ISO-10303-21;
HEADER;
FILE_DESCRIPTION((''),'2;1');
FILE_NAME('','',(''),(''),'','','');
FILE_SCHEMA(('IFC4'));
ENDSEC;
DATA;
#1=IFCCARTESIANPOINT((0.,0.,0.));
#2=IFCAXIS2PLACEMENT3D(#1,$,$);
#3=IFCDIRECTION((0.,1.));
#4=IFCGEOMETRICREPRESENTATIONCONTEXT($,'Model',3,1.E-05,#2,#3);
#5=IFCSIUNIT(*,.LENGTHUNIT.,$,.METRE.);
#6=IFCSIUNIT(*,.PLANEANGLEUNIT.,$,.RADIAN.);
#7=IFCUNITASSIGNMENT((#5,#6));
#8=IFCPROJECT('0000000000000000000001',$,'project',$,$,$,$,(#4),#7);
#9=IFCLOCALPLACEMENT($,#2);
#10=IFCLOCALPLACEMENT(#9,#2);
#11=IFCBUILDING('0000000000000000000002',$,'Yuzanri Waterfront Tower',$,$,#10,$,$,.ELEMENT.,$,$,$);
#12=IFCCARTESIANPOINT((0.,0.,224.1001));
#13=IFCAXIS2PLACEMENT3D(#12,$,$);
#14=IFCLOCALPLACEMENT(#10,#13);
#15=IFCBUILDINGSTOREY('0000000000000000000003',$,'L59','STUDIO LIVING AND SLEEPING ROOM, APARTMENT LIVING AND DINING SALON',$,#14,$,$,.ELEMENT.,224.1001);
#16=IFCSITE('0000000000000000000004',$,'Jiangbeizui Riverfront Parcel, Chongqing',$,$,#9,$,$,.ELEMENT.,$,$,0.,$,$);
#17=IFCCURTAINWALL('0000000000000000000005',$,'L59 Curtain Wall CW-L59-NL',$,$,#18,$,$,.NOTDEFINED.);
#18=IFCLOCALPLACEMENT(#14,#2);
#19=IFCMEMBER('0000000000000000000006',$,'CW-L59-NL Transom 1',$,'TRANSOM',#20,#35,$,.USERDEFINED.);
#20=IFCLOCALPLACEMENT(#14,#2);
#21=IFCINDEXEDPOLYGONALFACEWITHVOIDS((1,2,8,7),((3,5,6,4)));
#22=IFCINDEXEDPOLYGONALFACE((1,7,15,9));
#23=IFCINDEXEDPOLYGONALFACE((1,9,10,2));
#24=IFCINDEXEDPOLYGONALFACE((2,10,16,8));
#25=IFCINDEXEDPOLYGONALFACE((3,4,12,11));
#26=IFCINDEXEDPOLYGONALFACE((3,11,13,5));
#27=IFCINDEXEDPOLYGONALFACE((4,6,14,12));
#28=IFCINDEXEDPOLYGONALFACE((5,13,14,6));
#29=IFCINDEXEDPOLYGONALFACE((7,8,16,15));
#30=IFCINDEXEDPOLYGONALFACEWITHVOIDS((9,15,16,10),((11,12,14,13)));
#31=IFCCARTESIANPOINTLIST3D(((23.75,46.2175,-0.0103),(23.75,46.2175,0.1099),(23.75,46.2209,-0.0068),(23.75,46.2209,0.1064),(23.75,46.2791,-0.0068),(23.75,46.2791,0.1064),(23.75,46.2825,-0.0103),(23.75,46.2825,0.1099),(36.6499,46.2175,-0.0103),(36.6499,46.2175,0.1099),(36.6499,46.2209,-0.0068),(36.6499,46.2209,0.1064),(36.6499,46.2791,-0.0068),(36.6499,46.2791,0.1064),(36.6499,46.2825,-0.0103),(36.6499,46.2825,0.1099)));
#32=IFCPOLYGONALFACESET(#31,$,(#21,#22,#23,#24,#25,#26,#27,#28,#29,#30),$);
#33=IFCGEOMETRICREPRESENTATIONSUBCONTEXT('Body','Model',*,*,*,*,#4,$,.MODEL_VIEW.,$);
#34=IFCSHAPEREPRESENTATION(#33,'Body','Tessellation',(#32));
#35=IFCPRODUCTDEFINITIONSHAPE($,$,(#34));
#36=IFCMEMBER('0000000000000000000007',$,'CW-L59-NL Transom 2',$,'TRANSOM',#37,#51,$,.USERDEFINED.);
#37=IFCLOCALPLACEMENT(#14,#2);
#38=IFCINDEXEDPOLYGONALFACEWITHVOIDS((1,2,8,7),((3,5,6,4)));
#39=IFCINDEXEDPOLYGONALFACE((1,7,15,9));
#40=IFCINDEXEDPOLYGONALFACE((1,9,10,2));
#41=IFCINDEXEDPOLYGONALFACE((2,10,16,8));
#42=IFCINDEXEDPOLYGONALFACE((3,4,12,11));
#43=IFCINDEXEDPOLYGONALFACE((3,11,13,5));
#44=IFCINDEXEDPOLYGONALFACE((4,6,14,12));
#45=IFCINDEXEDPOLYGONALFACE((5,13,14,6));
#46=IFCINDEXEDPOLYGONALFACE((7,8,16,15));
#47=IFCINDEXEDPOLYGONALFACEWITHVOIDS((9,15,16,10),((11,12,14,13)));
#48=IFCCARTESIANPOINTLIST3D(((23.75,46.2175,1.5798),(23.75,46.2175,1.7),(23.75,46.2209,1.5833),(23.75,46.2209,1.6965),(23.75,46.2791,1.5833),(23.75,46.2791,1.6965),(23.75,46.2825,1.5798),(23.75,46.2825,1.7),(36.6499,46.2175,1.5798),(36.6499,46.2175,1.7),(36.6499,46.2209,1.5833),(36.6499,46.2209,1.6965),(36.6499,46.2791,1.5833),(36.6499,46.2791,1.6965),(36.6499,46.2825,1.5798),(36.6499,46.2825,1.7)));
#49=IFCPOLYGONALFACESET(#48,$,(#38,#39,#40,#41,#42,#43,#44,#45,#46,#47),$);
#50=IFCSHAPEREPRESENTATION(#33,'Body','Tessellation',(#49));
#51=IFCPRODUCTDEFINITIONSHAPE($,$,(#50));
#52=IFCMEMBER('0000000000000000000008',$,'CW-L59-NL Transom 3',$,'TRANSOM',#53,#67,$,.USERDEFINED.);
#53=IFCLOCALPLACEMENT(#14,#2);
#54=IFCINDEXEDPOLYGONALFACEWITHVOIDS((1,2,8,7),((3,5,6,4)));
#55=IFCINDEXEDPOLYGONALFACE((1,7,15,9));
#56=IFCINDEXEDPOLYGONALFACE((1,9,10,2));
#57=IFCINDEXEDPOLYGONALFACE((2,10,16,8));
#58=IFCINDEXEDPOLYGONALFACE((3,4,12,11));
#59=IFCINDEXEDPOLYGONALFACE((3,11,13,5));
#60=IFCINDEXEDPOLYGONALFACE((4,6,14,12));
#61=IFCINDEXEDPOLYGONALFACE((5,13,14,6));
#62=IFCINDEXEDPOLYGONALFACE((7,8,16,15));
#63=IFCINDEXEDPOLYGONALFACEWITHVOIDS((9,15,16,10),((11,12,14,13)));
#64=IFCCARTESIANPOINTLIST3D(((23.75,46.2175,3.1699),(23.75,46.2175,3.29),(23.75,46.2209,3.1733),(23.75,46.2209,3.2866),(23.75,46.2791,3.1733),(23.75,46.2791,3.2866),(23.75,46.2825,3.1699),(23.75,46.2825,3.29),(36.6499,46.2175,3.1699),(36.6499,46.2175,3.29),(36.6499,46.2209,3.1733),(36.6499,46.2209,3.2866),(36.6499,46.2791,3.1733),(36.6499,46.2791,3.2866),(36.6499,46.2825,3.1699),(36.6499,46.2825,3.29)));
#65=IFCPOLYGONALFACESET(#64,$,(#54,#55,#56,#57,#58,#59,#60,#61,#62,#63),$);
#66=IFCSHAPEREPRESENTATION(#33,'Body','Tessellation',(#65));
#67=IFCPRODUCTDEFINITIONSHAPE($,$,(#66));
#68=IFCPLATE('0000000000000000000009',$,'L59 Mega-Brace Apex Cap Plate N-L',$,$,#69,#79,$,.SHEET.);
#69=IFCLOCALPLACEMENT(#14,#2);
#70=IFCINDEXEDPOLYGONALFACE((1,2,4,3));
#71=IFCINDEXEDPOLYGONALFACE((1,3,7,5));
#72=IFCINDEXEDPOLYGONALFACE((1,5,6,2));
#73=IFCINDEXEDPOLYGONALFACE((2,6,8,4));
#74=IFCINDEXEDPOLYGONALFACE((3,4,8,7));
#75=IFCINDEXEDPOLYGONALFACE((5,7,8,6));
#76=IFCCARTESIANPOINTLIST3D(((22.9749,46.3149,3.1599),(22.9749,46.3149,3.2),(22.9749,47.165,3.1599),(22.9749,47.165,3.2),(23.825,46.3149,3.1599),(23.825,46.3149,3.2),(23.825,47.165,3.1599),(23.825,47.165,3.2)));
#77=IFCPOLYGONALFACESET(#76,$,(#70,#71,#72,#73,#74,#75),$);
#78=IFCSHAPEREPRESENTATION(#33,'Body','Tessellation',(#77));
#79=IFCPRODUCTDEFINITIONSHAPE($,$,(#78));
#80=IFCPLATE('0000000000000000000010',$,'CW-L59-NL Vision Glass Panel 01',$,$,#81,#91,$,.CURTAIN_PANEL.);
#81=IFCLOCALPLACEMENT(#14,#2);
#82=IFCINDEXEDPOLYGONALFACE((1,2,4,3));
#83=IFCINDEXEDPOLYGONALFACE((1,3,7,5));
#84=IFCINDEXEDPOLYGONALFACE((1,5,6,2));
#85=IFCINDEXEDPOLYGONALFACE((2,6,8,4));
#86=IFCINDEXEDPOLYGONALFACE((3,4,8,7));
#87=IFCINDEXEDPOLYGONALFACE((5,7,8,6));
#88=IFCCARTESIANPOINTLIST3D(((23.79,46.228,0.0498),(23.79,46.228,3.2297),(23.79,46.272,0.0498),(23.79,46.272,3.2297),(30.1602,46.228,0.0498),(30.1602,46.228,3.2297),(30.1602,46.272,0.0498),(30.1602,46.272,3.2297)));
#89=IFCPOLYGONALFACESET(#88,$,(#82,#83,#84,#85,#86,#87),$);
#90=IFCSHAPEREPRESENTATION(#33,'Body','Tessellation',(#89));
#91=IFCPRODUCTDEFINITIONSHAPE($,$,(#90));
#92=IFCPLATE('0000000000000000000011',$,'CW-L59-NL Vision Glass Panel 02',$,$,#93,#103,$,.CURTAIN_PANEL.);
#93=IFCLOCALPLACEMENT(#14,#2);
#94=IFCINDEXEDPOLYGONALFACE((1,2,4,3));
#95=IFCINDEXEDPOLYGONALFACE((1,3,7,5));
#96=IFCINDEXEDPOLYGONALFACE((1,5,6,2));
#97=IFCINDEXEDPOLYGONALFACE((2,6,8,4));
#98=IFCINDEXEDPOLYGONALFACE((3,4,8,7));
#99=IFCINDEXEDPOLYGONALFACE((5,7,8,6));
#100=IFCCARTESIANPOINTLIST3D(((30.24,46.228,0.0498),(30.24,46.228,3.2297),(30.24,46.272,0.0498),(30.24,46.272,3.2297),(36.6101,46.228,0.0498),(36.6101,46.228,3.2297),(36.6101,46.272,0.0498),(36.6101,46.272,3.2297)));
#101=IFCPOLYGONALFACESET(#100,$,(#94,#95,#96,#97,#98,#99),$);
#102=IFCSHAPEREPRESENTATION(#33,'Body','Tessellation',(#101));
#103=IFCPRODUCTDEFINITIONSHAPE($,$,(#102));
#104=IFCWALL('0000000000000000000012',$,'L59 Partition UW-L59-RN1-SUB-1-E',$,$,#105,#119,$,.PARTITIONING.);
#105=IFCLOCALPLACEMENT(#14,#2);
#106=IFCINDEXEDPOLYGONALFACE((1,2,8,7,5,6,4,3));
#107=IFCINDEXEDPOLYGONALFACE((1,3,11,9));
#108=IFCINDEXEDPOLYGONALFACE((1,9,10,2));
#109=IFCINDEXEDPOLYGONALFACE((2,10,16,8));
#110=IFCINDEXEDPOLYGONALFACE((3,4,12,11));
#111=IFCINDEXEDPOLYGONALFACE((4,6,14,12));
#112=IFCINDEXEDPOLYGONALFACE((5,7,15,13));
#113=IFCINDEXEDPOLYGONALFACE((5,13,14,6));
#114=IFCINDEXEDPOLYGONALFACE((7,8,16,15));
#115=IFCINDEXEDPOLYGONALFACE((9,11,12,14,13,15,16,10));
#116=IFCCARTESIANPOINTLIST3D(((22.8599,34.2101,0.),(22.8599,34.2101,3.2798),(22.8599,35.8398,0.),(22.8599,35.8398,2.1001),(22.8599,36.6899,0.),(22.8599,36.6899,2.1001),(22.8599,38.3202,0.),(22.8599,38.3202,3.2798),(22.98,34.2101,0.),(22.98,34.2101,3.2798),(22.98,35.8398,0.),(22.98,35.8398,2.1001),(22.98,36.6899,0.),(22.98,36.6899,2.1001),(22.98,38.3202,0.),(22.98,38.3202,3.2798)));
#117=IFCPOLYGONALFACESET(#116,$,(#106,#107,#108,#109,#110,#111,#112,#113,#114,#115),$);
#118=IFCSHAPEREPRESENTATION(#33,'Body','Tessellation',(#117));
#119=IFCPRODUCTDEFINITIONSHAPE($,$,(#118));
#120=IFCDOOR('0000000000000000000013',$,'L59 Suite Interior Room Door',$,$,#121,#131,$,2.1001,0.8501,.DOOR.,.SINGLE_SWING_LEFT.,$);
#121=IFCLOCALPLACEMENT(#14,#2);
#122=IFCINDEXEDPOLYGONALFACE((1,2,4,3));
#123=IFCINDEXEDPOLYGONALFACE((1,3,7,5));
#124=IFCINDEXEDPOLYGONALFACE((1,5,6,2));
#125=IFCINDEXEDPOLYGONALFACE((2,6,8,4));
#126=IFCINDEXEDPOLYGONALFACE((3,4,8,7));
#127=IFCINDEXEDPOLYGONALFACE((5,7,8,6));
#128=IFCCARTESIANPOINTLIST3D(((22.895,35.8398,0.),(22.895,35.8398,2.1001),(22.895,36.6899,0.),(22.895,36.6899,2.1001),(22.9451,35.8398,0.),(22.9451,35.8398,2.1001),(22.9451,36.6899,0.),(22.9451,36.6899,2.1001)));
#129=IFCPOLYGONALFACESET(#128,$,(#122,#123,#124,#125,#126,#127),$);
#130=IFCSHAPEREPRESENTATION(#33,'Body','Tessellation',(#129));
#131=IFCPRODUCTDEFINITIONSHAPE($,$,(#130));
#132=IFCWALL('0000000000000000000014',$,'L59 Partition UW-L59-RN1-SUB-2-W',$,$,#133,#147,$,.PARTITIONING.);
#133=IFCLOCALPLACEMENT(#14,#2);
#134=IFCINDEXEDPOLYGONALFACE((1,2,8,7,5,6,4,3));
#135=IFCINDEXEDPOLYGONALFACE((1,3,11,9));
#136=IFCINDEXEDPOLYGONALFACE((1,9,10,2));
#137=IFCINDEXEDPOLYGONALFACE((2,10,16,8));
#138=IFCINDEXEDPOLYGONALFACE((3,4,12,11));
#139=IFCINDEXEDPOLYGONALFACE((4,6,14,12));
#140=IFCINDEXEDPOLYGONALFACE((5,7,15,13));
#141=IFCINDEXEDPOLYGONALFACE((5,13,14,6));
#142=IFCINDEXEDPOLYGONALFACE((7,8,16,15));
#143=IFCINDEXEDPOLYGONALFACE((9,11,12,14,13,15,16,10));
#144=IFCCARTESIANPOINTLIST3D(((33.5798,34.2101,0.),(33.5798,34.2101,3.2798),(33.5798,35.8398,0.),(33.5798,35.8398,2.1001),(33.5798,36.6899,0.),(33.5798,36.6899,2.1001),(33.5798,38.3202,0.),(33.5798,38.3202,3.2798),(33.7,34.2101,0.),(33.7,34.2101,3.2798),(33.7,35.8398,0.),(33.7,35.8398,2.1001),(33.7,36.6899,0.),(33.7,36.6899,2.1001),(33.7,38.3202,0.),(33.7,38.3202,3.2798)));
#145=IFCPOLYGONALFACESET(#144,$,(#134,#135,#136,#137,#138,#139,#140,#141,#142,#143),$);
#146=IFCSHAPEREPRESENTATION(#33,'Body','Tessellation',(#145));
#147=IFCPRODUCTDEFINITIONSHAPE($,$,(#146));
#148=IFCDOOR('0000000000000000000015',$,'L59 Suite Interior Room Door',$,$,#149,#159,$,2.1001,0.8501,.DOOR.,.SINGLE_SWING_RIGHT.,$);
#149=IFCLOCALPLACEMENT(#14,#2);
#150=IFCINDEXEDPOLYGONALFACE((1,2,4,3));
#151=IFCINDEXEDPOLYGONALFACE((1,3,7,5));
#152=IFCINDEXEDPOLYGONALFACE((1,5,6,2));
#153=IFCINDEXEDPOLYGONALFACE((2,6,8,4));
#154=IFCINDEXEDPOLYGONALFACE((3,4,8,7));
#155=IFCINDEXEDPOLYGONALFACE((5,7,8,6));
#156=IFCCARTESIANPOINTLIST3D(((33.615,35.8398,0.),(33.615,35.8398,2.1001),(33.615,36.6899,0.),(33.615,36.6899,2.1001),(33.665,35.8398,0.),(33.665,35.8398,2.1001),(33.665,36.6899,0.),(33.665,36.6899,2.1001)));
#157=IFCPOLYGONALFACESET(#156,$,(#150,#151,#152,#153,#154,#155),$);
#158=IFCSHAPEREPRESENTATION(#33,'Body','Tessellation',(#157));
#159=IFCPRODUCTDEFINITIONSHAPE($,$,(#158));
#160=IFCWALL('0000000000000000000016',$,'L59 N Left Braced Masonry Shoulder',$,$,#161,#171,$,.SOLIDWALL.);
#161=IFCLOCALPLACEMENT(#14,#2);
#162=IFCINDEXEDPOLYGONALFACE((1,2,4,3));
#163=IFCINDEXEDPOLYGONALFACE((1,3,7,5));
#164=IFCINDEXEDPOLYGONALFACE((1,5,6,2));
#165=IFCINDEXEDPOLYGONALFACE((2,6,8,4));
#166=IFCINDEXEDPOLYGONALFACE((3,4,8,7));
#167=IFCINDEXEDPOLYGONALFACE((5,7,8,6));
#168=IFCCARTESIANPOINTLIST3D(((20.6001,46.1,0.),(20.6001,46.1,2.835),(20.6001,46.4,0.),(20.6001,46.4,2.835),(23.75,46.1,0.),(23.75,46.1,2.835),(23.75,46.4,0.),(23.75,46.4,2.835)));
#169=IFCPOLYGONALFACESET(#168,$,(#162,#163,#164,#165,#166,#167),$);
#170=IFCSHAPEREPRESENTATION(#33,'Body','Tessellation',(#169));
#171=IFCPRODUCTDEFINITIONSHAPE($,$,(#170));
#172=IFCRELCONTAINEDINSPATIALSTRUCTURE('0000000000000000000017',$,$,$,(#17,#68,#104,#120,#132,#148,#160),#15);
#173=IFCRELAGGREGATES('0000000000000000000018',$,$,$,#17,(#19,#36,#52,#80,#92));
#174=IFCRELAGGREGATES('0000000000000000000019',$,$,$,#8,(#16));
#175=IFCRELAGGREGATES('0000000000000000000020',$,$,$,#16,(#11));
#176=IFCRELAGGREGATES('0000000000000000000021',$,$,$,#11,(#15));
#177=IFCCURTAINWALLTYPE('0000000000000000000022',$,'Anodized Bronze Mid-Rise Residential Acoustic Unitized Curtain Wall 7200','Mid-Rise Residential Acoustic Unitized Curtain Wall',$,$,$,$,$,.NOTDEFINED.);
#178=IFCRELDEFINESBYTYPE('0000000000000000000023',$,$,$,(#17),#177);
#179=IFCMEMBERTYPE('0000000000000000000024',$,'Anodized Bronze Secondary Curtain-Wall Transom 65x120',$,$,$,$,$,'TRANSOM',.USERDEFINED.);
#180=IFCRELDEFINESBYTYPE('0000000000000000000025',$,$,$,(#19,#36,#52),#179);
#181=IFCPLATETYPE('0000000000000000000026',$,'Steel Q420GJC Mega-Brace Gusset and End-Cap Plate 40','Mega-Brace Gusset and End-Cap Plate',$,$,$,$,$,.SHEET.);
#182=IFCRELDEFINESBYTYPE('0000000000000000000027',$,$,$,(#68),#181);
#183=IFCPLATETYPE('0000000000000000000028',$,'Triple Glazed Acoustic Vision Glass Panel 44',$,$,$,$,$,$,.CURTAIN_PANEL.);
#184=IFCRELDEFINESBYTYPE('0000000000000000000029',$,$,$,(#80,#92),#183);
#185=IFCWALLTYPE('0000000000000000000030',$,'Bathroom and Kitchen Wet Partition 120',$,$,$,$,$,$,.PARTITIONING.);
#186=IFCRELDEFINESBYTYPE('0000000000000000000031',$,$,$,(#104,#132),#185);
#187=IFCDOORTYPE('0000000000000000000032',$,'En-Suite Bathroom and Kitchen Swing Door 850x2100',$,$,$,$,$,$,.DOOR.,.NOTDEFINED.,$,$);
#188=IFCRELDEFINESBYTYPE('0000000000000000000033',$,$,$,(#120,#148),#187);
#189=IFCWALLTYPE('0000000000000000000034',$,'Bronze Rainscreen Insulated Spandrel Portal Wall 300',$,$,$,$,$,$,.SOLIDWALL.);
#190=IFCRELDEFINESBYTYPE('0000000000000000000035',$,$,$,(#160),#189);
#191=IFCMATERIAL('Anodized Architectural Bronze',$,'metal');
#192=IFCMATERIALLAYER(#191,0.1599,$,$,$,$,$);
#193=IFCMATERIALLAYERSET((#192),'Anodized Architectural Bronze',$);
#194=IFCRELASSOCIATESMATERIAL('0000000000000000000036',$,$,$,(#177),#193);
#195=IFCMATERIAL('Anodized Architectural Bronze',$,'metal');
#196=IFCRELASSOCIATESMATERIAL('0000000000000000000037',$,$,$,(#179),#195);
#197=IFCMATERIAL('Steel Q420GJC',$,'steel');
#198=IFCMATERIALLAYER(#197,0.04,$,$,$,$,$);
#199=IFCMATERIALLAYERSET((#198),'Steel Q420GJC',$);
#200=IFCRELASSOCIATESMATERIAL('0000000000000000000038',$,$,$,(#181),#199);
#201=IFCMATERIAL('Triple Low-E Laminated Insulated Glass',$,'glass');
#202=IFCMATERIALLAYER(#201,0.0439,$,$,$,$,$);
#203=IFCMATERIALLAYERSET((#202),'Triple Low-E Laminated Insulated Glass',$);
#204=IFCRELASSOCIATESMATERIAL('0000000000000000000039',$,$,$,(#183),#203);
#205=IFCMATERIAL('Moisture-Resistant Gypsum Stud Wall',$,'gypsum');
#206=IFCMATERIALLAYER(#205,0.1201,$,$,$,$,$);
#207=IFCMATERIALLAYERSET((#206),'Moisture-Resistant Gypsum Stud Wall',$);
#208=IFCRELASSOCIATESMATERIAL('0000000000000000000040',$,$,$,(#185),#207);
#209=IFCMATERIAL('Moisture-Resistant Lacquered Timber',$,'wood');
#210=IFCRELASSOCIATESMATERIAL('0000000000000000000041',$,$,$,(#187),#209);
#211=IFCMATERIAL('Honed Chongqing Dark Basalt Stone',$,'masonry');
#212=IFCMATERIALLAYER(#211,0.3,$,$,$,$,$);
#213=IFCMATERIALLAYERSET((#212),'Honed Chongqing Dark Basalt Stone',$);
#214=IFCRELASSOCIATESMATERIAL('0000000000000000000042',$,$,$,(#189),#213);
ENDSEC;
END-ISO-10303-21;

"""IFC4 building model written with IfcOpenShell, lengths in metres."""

from ifc_helpers import new_model, si_unit, direction, frame, frame_2d, origin, origin_2d, place, context, subcontext, project, spatial, rectangle, hollow_rectangle, extrude, source, transform, mapped, material, layer, layer_set, material_profile, profile_set, type_object, element, fill, aggregate, save


model = new_model("IFC4")

# Units and contexts
model_context = context("Model", 3, precision=1e-05, world=origin(), true_north=direction((0.0, 1.0)))
body_context = subcontext(model_context, "Body", "Model", "MODEL_VIEW")
ifc_project = project(units=[si_unit("LENGTHUNIT", "METRE"), si_unit("PLANEANGLEUNIT", "RADIAN")], contexts=[model_context])

# Site, building, storey
site_placement = place(None, origin())
site = spatial("IfcSite", under=ifc_project, at=site_placement, Name="Jiangbeizui Riverfront Parcel, Chongqing", CompositionType="ELEMENT", RefElevation=0.0)
building_placement = place(site_placement, origin())
building = spatial("IfcBuilding", under=site, at=building_placement, Name="Yuzanri Waterfront Tower", CompositionType="ELEMENT")
storey_placement = place(building_placement, frame((0.0, 0.0, 224.1001)))
storey = spatial("IfcBuildingStorey", under=building, at=storey_placement, Name="L59", Description="STUDIO LIVING AND SLEEPING ROOM, APARTMENT LIVING AND DINING SALON", CompositionType="ELEMENT", Elevation=224.1001)

# Curtain wall, members
ifc_material_1 = material(Name="Anodized Architectural Bronze", Category="metal")
ifc_layer_1 = layer(ifc_material_1, 0.1599)
ifc_layer_set_1 = layer_set([ifc_layer_1], Name="Anodized Architectural Bronze")
curtain_wall_type = type_object("IfcCurtainWallType", Name="Anodized Bronze Mid-Rise Residential Acoustic Unitized Curtain Wall 7200", Description="Mid-Rise Residential Acoustic Unitized Curtain Wall", PredefinedType="NOTDEFINED", material=ifc_layer_set_1)
curtain_wall_placement = place(storey_placement, origin())
curtain_wall = element("IfcCurtainWall", 1, at=curtain_wall_placement, inside=storey, type_object=curtain_wall_type, Name="L59 Curtain Wall CW-L59-NL", PredefinedType="NOTDEFINED")
ifc_material_2 = material(Name="Anodized Architectural Bronze", Category="metal")
ifc_material_profile_1 = material_profile(ifc_material_2, hollow_rectangle(XDim=0.0649, YDim=0.1201, WallThickness=0.0034, at=origin_2d()), Name="CWT 65x120")
ifc_profile_set_1 = profile_set([ifc_material_profile_1], Name="Anodized Architectural Bronze")
member_type_1 = type_object("IfcMemberType", Name="Anodized Bronze Secondary Curtain-Wall Transom 65x120", ElementType="TRANSOM", PredefinedType="USERDEFINED", material=ifc_profile_set_1)
shared_shape_1 = source(origin(), body_context, "Body", "SweptSolid", [
    extrude(hollow_rectangle(XDim=0.0649, YDim=0.1201, WallThickness=0.0034, at=origin_2d()), origin(), (0.0, 0.0, 1.0), 12.8999),
])
member_1_placement = place(storey_placement, frame((23.75, 46.25, 0.0498), z_axis=(1.0, 0.0, 0.0), x_axis=(0.0, 1.0, 0.0)))
member_1 = element("IfcMember", 2, at=member_1_placement, type_object=member_type_1, Name="CW-L59-NL Transom 1", ObjectType="TRANSOM", PredefinedType="USERDEFINED", context=body_context, shape_type="MappedRepresentation", body=[
    mapped(shared_shape_1, transform((0.0, 0.0, 0.0), scale=1.0)),
])
member_2_placement = place(storey_placement, frame((23.75, 46.25, 1.6399), z_axis=(1.0, 0.0, 0.0), x_axis=(0.0, 1.0, 0.0)))
member_2 = element("IfcMember", 3, at=member_2_placement, type_object=member_type_1, Name="CW-L59-NL Transom 2", ObjectType="TRANSOM", PredefinedType="USERDEFINED", context=body_context, shape_type="MappedRepresentation", body=[
    mapped(shared_shape_1, transform((0.0, 0.0, 0.0), scale=1.0)),
])
member_3_placement = place(storey_placement, frame((23.75, 46.25, 3.23), z_axis=(1.0, 0.0, 0.0), x_axis=(0.0, 1.0, 0.0)))
member_3 = element("IfcMember", 4, at=member_3_placement, type_object=member_type_1, Name="CW-L59-NL Transom 3", ObjectType="TRANSOM", PredefinedType="USERDEFINED", context=body_context, shape_type="MappedRepresentation", body=[
    mapped(shared_shape_1, transform((0.0, 0.0, 0.0), scale=1.0)),
])

# Plates
ifc_material_3 = material(Name="Steel Q420GJC", Category="steel")
ifc_layer_2 = layer(ifc_material_3, 0.04)
ifc_layer_set_2 = layer_set([ifc_layer_2], Name="Steel Q420GJC")
plate_type_1 = type_object("IfcPlateType", Name="Steel Q420GJC Mega-Brace Gusset and End-Cap Plate 40", Description="Mega-Brace Gusset and End-Cap Plate", PredefinedType="SHEET", material=ifc_layer_set_2)
shared_shape_2 = source(origin(), body_context, "Body", "SweptSolid", [
    extrude(rectangle(XDim=0.8501, YDim=0.8501, at=origin_2d()), origin(), (0.0, 0.0, 1.0), 0.04),
])
plate_1_placement = place(storey_placement, frame((23.3999, 46.74, 3.1599), z_axis=(0.0, 0.0, 1.0), x_axis=(1.0, 0.0, 0.0)))
element("IfcPlate", 5, at=plate_1_placement, inside=storey, type_object=plate_type_1, Name="L59 Mega-Brace Apex Cap Plate N-L", PredefinedType="SHEET", context=body_context, shape_type="MappedRepresentation", body=[
    mapped(shared_shape_2, transform((0.0, 0.0, 0.0), scale=1.0)),
])
ifc_material_4 = material(Name="Triple Low-E Laminated Insulated Glass", Category="glass")
ifc_layer_3 = layer(ifc_material_4, 0.0439)
ifc_layer_set_3 = layer_set([ifc_layer_3], Name="Triple Low-E Laminated Insulated Glass")
plate_type_2 = type_object("IfcPlateType", Name="Triple Glazed Acoustic Vision Glass Panel 44", PredefinedType="CURTAIN_PANEL", material=ifc_layer_set_3)
shared_shape_3 = source(origin(), body_context, "Body", "SweptSolid", [
    extrude(rectangle(XDim=6.3701, YDim=0.0439, at=origin_2d()), origin(), (0.0, 0.0, 1.0), 3.1799),
])
plate_2_placement = place(storey_placement, frame((26.9751, 46.25, 0.0498), z_axis=(0.0, 0.0, 1.0), x_axis=(1.0, 0.0, 0.0)))
plate_2 = element("IfcPlate", 6, at=plate_2_placement, type_object=plate_type_2, Name="CW-L59-NL Vision Glass Panel 01", PredefinedType="CURTAIN_PANEL", context=body_context, shape_type="MappedRepresentation", body=[
    mapped(shared_shape_3, transform((0.0, 0.0, 0.0), scale=1.0)),
])
plate_3_placement = place(storey_placement, frame((33.425, 46.25, 0.0498), z_axis=(0.0, 0.0, 1.0), x_axis=(1.0, 0.0, 0.0)))
plate_3 = element("IfcPlate", 7, at=plate_3_placement, type_object=plate_type_2, Name="CW-L59-NL Vision Glass Panel 02", PredefinedType="CURTAIN_PANEL", context=body_context, shape_type="MappedRepresentation", body=[
    mapped(shared_shape_3, transform((0.0, 0.0, 0.0), scale=1.0)),
])
aggregate(curtain_wall, [member_1, member_2, member_3, plate_2, plate_3])

# Walls, openings, doors
ifc_material_5 = material(Name="Moisture-Resistant Gypsum Stud Wall", Category="gypsum")
ifc_layer_4 = layer(ifc_material_5, 0.1201)
ifc_layer_set_4 = layer_set([ifc_layer_4], Name="Moisture-Resistant Gypsum Stud Wall")
wall_type_1 = type_object("IfcWallType", Name="Bathroom and Kitchen Wet Partition 120", PredefinedType="PARTITIONING", material=ifc_layer_set_4)
wall_1_placement = place(storey_placement, frame((22.9199, 34.21, 0.0), z_axis=(0.0, 0.0, 1.0), x_axis=(0.0, 1.0, 0.0)))
wall_1 = element("IfcWall", 8, at=wall_1_placement, inside=storey, type_object=wall_type_1, Name="L59 Partition UW-L59-RN1-SUB-1-E", PredefinedType="PARTITIONING", context=body_context, shape_type="SweptSolid", body=[
    extrude(rectangle(XDim=4.1101, YDim=0.1201, at=frame_2d((2.0552, 0.0))), origin(), (0.0, 0.0, 1.0), 3.2798),
])
opening_1_placement = place(wall_1_placement, frame((1.6299, 0.0, 0.0)))
opening_1 = element("IfcOpeningElement", 9, at=opening_1_placement, cuts=wall_1, PredefinedType="OPENING", context=body_context, shape_type="SweptSolid", body=[
    extrude(rectangle(XDim=0.8501, YDim=2.1001, at=frame_2d((0.425, 1.05))), frame((0.0, 0.075, 0.0), z_axis=(0.0, -1.0, 0.0), x_axis=(1.0, 0.0, 0.0)), (0.0, 0.0, 1.0), 0.1499),
])
ifc_material_6 = material(Name="Moisture-Resistant Lacquered Timber", Category="wood")
door_type = type_object("IfcDoorType", Name="En-Suite Bathroom and Kitchen Swing Door 850x2100", OperationType="NOTDEFINED", PredefinedType="DOOR", material=ifc_material_6)
shared_shape_4 = source(origin(), body_context, "Body", "SweptSolid", [
    extrude(rectangle(XDim=0.8501, YDim=2.1001, at=frame_2d((0.425, 1.05))), frame((0.0, 0.0249, 0.0), z_axis=(0.0, -1.0, 0.0), x_axis=(1.0, 0.0, 0.0)), (0.0, 0.0, 1.0), 0.05),
])
door_1_placement = place(opening_1_placement, origin())
door_1 = element("IfcDoor", 10, at=door_1_placement, inside=storey, type_object=door_type, Name="L59 Suite Interior Room Door", OperationType="SINGLE_SWING_LEFT", OverallHeight=2.1001, OverallWidth=0.8501, PredefinedType="DOOR", context=body_context, shape_type="MappedRepresentation", body=[
    mapped(shared_shape_4, transform((0.0, 0.0, 0.0), scale=1.0)),
])
fill(opening_1, door_1)
wall_2_placement = place(storey_placement, frame((33.6399, 34.21, 0.0), z_axis=(0.0, 0.0, 1.0), x_axis=(0.0, 1.0, 0.0)))
wall_2 = element("IfcWall", 11, at=wall_2_placement, inside=storey, type_object=wall_type_1, Name="L59 Partition UW-L59-RN1-SUB-2-W", PredefinedType="PARTITIONING", context=body_context, shape_type="SweptSolid", body=[
    extrude(rectangle(XDim=4.1101, YDim=0.1201, at=frame_2d((2.0552, 0.0))), origin(), (0.0, 0.0, 1.0), 3.2798),
])
opening_2_placement = place(wall_2_placement, frame((1.6299, 0.0, 0.0)))
opening_2 = element("IfcOpeningElement", 12, at=opening_2_placement, cuts=wall_2, PredefinedType="OPENING", context=body_context, shape_type="SweptSolid", body=[
    extrude(rectangle(XDim=0.8501, YDim=2.1001, at=frame_2d((0.425, 1.05))), frame((0.0, 0.075, 0.0), z_axis=(0.0, -1.0, 0.0), x_axis=(1.0, 0.0, 0.0)), (0.0, 0.0, 1.0), 0.1499),
])
door_2_placement = place(opening_2_placement, origin())
door_2 = element("IfcDoor", 13, at=door_2_placement, inside=storey, type_object=door_type, Name="L59 Suite Interior Room Door", OperationType="SINGLE_SWING_RIGHT", OverallHeight=2.1001, OverallWidth=0.8501, PredefinedType="DOOR", context=body_context, shape_type="MappedRepresentation", body=[
    mapped(shared_shape_4, transform((0.0, 0.0, 0.0), scale=1.0)),
])
fill(opening_2, door_2)

# Wall
ifc_material_7 = material(Name="Honed Chongqing Dark Basalt Stone", Category="masonry")
ifc_layer_5 = layer(ifc_material_7, 0.3)
ifc_layer_set_5 = layer_set([ifc_layer_5], Name="Honed Chongqing Dark Basalt Stone")
wall_type_2 = type_object("IfcWallType", Name="Bronze Rainscreen Insulated Spandrel Portal Wall 300", PredefinedType="SOLIDWALL", material=ifc_layer_set_5)
shared_shape_5 = source(origin(), body_context, "Body", "SweptSolid", [
    extrude(rectangle(XDim=3.1499, YDim=0.3, at=frame_2d((1.575, 0.0))), origin(), (0.0, 0.0, 1.0), 2.835),
])
wall_3_placement = place(storey_placement, frame((20.6001, 46.25, 0.0), z_axis=(0.0, 0.0, 1.0), x_axis=(1.0, 0.0, 0.0)))
element("IfcWall", 14, at=wall_3_placement, inside=storey, type_object=wall_type_2, Name="L59 N Left Braced Masonry Shoulder", PredefinedType="SOLIDWALL", context=body_context, shape_type="MappedRepresentation", body=[
    mapped(shared_shape_5, transform((0.0, 0.0, 0.0), scale=1.0)),
])

save(model, "model.ifc")
